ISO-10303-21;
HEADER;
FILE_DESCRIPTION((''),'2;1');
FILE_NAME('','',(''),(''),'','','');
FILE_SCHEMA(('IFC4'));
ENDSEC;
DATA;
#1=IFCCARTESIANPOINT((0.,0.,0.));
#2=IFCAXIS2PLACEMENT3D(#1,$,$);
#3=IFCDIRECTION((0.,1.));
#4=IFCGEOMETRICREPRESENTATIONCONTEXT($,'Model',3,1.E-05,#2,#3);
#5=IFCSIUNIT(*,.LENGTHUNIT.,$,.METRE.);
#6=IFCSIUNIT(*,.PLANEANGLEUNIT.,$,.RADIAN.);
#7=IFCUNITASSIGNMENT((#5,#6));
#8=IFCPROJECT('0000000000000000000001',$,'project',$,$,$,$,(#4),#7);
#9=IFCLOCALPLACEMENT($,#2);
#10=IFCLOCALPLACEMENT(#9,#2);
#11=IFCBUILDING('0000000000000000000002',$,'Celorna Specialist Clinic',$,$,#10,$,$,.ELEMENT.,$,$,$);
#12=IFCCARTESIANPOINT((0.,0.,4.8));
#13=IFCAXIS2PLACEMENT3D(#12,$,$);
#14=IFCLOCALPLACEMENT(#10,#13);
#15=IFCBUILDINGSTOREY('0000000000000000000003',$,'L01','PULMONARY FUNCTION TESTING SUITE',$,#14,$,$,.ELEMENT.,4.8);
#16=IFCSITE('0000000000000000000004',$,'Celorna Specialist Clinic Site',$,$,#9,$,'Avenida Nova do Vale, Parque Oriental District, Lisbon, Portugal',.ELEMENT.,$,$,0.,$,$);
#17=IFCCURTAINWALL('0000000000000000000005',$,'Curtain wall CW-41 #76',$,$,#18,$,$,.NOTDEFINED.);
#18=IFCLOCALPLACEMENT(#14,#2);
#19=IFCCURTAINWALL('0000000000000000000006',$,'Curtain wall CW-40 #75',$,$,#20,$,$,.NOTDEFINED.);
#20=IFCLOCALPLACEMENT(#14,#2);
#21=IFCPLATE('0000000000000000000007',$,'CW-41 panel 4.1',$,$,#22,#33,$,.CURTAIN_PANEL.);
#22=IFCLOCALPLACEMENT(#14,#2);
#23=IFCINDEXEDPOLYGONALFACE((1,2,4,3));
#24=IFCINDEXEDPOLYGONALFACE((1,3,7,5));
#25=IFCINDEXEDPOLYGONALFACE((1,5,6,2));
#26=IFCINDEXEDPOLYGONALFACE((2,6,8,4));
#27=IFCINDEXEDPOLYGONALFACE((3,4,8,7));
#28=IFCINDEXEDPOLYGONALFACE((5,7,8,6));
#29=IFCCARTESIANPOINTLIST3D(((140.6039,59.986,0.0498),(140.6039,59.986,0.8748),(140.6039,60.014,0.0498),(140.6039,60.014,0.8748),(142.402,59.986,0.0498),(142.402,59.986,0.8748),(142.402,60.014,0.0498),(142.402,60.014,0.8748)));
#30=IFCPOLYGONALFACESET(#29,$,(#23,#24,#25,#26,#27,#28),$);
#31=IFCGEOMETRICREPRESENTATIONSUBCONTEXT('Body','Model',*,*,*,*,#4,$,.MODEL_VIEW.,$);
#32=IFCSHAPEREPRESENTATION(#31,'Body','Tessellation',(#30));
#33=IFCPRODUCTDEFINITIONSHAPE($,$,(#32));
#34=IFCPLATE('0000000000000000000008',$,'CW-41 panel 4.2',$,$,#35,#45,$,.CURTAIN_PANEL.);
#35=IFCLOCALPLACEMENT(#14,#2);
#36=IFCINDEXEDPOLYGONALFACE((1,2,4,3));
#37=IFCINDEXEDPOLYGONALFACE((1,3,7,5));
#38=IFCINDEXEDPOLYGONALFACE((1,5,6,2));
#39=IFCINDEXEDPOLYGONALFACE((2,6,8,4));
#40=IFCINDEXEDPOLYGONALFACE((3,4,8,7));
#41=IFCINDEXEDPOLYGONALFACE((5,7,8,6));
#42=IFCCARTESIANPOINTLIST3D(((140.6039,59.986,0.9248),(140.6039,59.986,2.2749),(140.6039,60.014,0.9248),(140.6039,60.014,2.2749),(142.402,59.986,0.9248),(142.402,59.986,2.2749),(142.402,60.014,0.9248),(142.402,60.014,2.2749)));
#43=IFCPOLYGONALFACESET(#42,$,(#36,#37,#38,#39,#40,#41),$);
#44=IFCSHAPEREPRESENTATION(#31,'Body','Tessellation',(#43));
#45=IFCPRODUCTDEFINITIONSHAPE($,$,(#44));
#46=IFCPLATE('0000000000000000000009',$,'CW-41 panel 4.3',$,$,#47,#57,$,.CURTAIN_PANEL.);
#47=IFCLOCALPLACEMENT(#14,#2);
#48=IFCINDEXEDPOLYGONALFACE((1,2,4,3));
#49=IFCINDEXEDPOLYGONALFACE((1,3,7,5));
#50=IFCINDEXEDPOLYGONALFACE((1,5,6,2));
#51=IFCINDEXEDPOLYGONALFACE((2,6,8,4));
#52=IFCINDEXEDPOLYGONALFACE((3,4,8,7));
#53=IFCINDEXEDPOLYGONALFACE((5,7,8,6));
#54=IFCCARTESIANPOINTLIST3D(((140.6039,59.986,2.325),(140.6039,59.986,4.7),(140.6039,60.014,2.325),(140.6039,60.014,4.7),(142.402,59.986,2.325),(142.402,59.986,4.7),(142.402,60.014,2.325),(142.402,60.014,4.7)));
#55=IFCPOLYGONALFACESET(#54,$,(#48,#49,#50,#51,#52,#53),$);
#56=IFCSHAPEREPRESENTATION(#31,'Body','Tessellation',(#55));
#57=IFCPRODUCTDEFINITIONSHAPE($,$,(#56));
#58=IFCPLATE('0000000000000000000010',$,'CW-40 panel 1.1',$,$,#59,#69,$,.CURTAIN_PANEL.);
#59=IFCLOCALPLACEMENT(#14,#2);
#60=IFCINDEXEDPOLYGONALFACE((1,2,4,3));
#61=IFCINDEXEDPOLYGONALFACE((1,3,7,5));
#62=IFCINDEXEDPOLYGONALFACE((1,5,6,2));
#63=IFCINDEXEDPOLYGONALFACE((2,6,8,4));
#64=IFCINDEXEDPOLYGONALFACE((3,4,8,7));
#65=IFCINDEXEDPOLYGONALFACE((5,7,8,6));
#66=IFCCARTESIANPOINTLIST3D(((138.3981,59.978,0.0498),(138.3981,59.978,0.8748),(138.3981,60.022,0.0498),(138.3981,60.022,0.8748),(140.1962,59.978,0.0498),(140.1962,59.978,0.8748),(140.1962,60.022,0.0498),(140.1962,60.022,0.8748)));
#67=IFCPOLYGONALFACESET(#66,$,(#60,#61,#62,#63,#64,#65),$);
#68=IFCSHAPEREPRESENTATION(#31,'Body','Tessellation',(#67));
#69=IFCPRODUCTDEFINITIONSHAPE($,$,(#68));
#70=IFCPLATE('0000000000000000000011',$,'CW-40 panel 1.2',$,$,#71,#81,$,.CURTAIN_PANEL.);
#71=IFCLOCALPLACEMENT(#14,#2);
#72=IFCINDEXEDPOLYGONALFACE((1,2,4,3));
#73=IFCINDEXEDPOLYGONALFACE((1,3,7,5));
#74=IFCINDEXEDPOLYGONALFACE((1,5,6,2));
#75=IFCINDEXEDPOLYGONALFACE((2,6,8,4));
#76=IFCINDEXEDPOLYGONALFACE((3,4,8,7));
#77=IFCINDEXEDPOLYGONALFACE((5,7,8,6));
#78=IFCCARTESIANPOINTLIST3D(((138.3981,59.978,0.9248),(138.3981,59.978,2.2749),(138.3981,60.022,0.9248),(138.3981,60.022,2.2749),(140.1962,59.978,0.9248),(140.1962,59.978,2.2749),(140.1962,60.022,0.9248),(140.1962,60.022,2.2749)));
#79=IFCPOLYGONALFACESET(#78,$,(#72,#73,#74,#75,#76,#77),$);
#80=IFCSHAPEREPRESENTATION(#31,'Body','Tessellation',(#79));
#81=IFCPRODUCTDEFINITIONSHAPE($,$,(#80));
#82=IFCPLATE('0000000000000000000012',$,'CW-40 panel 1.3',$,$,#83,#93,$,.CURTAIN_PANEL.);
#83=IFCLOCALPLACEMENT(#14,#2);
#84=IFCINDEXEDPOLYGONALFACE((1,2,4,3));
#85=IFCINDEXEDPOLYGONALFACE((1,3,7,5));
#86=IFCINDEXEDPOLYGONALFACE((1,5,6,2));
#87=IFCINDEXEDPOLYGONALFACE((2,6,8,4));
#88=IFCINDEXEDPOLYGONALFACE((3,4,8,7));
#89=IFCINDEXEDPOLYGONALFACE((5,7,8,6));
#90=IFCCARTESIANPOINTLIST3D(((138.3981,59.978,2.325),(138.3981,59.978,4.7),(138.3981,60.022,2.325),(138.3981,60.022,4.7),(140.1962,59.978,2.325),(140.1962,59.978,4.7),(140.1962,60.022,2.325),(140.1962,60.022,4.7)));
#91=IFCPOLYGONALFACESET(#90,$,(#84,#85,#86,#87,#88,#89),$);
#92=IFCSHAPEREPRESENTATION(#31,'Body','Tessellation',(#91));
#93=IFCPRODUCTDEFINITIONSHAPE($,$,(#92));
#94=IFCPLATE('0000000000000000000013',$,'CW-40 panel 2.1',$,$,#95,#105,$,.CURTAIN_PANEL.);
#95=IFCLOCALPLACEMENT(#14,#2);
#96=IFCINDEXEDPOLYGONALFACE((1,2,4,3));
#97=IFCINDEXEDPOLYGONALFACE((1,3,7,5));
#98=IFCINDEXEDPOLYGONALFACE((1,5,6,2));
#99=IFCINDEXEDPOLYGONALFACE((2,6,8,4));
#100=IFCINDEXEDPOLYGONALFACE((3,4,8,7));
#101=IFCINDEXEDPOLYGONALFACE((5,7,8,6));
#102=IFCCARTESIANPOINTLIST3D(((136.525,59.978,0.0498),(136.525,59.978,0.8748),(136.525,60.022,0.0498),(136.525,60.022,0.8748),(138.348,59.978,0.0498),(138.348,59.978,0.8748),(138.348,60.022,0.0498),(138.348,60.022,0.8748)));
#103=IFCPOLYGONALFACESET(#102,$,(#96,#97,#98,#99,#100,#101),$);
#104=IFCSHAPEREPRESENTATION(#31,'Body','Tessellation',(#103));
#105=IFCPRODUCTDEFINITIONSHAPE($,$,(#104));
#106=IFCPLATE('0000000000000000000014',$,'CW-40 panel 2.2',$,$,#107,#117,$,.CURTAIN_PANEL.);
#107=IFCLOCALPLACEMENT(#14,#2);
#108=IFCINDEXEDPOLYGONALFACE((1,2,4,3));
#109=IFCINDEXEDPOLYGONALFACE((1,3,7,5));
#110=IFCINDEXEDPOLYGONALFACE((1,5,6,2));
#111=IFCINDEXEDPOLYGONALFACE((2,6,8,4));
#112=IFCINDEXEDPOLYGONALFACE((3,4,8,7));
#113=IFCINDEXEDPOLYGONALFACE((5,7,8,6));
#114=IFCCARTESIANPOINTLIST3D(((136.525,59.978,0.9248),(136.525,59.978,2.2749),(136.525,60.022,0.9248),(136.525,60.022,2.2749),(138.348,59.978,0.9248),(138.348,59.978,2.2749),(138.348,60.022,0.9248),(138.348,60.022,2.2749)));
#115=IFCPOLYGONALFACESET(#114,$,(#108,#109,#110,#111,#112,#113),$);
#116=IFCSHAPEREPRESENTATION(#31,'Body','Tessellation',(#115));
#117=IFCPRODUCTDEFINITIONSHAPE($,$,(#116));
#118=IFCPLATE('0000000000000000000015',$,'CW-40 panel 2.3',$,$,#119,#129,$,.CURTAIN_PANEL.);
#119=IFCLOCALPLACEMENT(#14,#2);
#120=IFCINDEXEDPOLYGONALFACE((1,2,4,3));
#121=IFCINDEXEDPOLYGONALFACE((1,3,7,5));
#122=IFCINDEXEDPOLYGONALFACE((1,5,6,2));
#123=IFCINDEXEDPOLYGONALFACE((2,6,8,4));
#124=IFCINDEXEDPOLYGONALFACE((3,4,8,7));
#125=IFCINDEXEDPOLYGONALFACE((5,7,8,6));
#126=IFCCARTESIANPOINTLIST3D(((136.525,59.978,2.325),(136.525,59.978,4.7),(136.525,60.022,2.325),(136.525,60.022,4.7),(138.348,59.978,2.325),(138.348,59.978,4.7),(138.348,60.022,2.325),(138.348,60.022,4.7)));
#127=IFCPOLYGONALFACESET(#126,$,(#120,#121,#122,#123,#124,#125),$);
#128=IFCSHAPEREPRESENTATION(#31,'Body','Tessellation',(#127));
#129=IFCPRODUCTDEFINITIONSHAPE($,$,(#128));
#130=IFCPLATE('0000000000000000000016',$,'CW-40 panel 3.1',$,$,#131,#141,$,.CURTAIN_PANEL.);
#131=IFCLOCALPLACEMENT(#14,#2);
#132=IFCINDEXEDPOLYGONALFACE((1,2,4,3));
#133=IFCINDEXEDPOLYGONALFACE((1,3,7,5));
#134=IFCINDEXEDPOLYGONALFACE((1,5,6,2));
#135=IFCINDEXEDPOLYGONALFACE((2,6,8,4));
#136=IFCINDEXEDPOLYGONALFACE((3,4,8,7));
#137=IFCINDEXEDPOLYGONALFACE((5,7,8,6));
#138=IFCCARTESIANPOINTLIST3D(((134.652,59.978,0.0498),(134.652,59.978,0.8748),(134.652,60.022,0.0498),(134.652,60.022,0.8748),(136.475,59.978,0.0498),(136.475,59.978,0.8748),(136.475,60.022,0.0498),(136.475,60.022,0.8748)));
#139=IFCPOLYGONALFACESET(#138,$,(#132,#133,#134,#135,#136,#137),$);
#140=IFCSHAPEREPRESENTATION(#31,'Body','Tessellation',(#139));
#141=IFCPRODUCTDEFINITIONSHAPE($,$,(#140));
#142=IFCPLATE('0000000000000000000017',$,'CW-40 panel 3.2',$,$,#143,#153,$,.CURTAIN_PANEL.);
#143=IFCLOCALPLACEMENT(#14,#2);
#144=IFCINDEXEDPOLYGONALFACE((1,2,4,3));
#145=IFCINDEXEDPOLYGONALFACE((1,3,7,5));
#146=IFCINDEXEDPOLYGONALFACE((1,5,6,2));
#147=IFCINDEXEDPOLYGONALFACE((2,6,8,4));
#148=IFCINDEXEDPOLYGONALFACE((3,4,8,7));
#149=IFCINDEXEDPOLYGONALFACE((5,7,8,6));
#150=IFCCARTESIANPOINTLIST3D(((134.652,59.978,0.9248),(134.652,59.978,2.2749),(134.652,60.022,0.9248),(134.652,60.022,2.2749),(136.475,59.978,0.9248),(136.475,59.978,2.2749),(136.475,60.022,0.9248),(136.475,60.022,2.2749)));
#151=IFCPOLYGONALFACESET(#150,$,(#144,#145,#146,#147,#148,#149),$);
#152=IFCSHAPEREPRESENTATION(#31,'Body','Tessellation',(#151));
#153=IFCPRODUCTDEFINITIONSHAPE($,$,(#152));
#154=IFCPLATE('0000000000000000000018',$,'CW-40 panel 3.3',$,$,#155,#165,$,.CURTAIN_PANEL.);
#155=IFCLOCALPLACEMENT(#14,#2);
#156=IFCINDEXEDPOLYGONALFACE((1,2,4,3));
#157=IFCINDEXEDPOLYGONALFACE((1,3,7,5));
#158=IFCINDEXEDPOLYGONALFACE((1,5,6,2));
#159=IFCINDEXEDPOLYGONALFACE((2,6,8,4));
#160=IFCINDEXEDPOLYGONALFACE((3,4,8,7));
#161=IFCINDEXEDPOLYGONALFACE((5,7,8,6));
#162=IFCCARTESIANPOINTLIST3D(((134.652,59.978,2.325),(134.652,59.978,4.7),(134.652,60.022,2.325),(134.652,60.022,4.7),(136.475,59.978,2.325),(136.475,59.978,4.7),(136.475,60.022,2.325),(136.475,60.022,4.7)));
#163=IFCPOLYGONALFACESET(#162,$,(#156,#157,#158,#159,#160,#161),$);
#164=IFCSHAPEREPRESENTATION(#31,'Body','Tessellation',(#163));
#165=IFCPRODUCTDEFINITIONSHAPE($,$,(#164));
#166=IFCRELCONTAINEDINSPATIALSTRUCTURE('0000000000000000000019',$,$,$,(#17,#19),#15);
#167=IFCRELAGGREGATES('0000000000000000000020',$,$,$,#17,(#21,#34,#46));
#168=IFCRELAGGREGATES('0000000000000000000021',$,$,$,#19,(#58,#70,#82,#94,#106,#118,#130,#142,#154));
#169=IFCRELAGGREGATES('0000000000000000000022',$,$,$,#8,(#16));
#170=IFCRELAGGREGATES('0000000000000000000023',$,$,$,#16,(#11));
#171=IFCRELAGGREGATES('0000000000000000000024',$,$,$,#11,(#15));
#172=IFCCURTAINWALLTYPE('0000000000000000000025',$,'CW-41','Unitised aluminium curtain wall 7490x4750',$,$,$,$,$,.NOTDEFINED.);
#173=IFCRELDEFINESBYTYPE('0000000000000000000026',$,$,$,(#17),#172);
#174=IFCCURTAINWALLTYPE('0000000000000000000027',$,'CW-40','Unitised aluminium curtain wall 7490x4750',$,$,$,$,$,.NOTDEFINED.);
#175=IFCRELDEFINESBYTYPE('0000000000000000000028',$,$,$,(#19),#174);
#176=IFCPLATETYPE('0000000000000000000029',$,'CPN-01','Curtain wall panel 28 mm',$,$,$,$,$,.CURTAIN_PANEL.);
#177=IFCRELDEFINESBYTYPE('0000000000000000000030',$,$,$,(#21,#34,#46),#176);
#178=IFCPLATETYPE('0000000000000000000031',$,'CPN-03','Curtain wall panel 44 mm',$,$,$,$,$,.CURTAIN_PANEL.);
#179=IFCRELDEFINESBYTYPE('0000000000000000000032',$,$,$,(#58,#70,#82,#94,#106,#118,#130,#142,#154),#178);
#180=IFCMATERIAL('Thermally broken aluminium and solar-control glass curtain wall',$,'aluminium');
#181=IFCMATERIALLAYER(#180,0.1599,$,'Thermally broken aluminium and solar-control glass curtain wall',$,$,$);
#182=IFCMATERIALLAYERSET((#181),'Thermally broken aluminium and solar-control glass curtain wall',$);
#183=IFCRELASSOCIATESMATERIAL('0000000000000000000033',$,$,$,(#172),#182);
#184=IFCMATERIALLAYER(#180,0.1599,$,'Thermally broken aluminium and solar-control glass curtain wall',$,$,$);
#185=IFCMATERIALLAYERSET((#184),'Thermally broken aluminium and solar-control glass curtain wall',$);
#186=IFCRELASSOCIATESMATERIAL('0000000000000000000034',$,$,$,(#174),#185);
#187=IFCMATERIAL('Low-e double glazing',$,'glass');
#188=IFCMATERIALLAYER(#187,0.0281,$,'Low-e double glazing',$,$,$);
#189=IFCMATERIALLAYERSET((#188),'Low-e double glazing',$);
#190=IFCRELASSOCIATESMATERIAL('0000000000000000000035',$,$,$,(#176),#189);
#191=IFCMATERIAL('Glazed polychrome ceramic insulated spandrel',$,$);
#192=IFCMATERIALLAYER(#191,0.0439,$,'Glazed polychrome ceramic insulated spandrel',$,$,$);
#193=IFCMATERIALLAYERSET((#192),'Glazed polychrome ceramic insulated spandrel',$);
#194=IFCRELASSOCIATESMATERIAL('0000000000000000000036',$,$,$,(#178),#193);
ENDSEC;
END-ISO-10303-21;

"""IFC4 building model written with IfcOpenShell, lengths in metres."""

from ifc_helpers import new_model, si_unit, direction, frame, origin, origin_2d, place, context, subcontext, project, spatial, rectangle, extrude, material, layer, layer_set, type_object, element, aggregate, save


model = new_model("IFC4")

# Units and contexts
model_context = context("Model", 3, precision=1e-05, world=origin(), true_north=direction((0.0, 1.0)))
body_context = subcontext(model_context, "Body", "Model", "MODEL_VIEW")
ifc_project = project(units=[si_unit("LENGTHUNIT", "METRE"), si_unit("PLANEANGLEUNIT", "RADIAN")], contexts=[model_context])

# Site, building, storey
site_placement = place(None, origin())
site = spatial("IfcSite", under=ifc_project, at=site_placement, Name="Celorna Specialist Clinic Site", LongName="Avenida Nova do Vale, Parque Oriental District, Lisbon, Portugal", CompositionType="ELEMENT", RefElevation=0.0)
building_placement = place(site_placement, origin())
building = spatial("IfcBuilding", under=site, at=building_placement, Name="Celorna Specialist Clinic", CompositionType="ELEMENT")
storey_placement = place(building_placement, frame((0.0, 0.0, 4.8)))
storey = spatial("IfcBuildingStorey", under=building, at=storey_placement, Name="L01", Description="PULMONARY FUNCTION TESTING SUITE", CompositionType="ELEMENT", Elevation=4.8)

# Curtain walls
ifc_material_1 = material(Name="Thermally broken aluminium and solar-control glass curtain wall", Category="aluminium")
ifc_layer_1 = layer(ifc_material_1, 0.1599, Name="Thermally broken aluminium and solar-control glass curtain wall")
ifc_layer_set_1 = layer_set([ifc_layer_1], Name="Thermally broken aluminium and solar-control glass curtain wall")
curtain_wall_type_1 = type_object("IfcCurtainWallType", Name="CW-41", Description="Unitised aluminium curtain wall 7490x4750", PredefinedType="NOTDEFINED", material=ifc_layer_set_1)
curtain_wall_1_placement = place(storey_placement, origin())
curtain_wall_1 = element("IfcCurtainWall", 1, at=curtain_wall_1_placement, inside=storey, type_object=curtain_wall_type_1, Name="Curtain wall CW-41 #76", PredefinedType="NOTDEFINED")
ifc_layer_2 = layer(ifc_material_1, 0.1599, Name="Thermally broken aluminium and solar-control glass curtain wall")
ifc_layer_set_2 = layer_set([ifc_layer_2], Name="Thermally broken aluminium and solar-control glass curtain wall")
curtain_wall_type_2 = type_object("IfcCurtainWallType", Name="CW-40", Description="Unitised aluminium curtain wall 7490x4750", PredefinedType="NOTDEFINED", material=ifc_layer_set_2)
curtain_wall_2_placement = place(storey_placement, origin())
curtain_wall_2 = element("IfcCurtainWall", 2, at=curtain_wall_2_placement, inside=storey, type_object=curtain_wall_type_2, Name="Curtain wall CW-40 #75", PredefinedType="NOTDEFINED")

# Plates
ifc_material_2 = material(Name="Low-e double glazing", Category="glass")
ifc_layer_3 = layer(ifc_material_2, 0.0281, Name="Low-e double glazing")
ifc_layer_set_3 = layer_set([ifc_layer_3], Name="Low-e double glazing")
plate_type_1 = type_object("IfcPlateType", Name="CPN-01", Description="Curtain wall panel 28 mm", PredefinedType="CURTAIN_PANEL", material=ifc_layer_set_3)
plate_1_placement = place(storey_placement, frame((141.5029, 60.0, 0.0498), z_axis=(0.0, 0.0, 1.0), x_axis=(-1.0, 0.0, 0.0)))
plate_1 = element("IfcPlate", 3, at=plate_1_placement, type_object=plate_type_1, Name="CW-41 panel 4.1", PredefinedType="CURTAIN_PANEL", context=body_context, shape_type="SweptSolid", body=[
    extrude(rectangle(XDim=1.7981, YDim=0.0281, at=origin_2d()), origin(), (0.0, 0.0, 1.0), 0.825),
])
plate_2_placement = place(storey_placement, frame((141.5029, 60.0, 0.9248), z_axis=(0.0, 0.0, 1.0), x_axis=(-1.0, 0.0, 0.0)))
plate_2 = element("IfcPlate", 4, at=plate_2_placement, type_object=plate_type_1, Name="CW-41 panel 4.2", PredefinedType="CURTAIN_PANEL", context=body_context, shape_type="SweptSolid", body=[
    extrude(rectangle(XDim=1.7981, YDim=0.0281, at=origin_2d()), origin(), (0.0, 0.0, 1.0), 1.3501),
])
plate_3_placement = place(storey_placement, frame((141.5029, 60.0, 2.325), z_axis=(0.0, 0.0, 1.0), x_axis=(-1.0, 0.0, 0.0)))
plate_3 = element("IfcPlate", 5, at=plate_3_placement, type_object=plate_type_1, Name="CW-41 panel 4.3", PredefinedType="CURTAIN_PANEL", context=body_context, shape_type="SweptSolid", body=[
    extrude(rectangle(XDim=1.7981, YDim=0.0281, at=origin_2d()), origin(), (0.0, 0.0, 1.0), 2.375),
])
aggregate(curtain_wall_1, [plate_1, plate_2, plate_3])
ifc_material_3 = material(Name="Glazed polychrome ceramic insulated spandrel")
ifc_layer_4 = layer(ifc_material_3, 0.0439, Name="Glazed polychrome ceramic insulated spandrel")
ifc_layer_set_4 = layer_set([ifc_layer_4], Name="Glazed polychrome ceramic insulated spandrel")
plate_type_2 = type_object("IfcPlateType", Name="CPN-03", Description="Curtain wall panel 44 mm", PredefinedType="CURTAIN_PANEL", material=ifc_layer_set_4)
plate_4_placement = place(storey_placement, frame((139.2971, 60.0, 0.0498), z_axis=(0.0, 0.0, 1.0), x_axis=(-1.0, 0.0, 0.0)))
plate_4 = element("IfcPlate", 6, at=plate_4_placement, type_object=plate_type_2, Name="CW-40 panel 1.1", PredefinedType="CURTAIN_PANEL", context=body_context, shape_type="SweptSolid", body=[
    extrude(rectangle(XDim=1.7981, YDim=0.0439, at=origin_2d()), origin(), (0.0, 0.0, 1.0), 0.825),
])
plate_5_placement = place(storey_placement, frame((139.2971, 60.0, 0.9248), z_axis=(0.0, 0.0, 1.0), x_axis=(-1.0, 0.0, 0.0)))
plate_5 = element("IfcPlate", 7, at=plate_5_placement, type_object=plate_type_2, Name="CW-40 panel 1.2", PredefinedType="CURTAIN_PANEL", context=body_context, shape_type="SweptSolid", body=[
    extrude(rectangle(XDim=1.7981, YDim=0.0439, at=origin_2d()), origin(), (0.0, 0.0, 1.0), 1.3501),
])
plate_6_placement = place(storey_placement, frame((139.2971, 60.0, 2.325), z_axis=(0.0, 0.0, 1.0), x_axis=(-1.0, 0.0, 0.0)))
plate_6 = element("IfcPlate", 8, at=plate_6_placement, type_object=plate_type_2, Name="CW-40 panel 1.3", PredefinedType="CURTAIN_PANEL", context=body_context, shape_type="SweptSolid", body=[
    extrude(rectangle(XDim=1.7981, YDim=0.0439, at=origin_2d()), origin(), (0.0, 0.0, 1.0), 2.375),
])
plate_7_placement = place(storey_placement, frame((137.4365, 60.0, 0.0498), z_axis=(0.0, 0.0, 1.0), x_axis=(-1.0, 0.0, 0.0)))
plate_7 = element("IfcPlate", 9, at=plate_7_placement, type_object=plate_type_2, Name="CW-40 panel 2.1", PredefinedType="CURTAIN_PANEL", context=body_context, shape_type="SweptSolid", body=[
    extrude(rectangle(XDim=1.823, YDim=0.0439, at=origin_2d()), origin(), (0.0, 0.0, 1.0), 0.825),
])
plate_8_placement = place(storey_placement, frame((137.4365, 60.0, 0.9248), z_axis=(0.0, 0.0, 1.0), x_axis=(-1.0, 0.0, 0.0)))
plate_8 = element("IfcPlate", 10, at=plate_8_placement, type_object=plate_type_2, Name="CW-40 panel 2.2", PredefinedType="CURTAIN_PANEL", context=body_context, shape_type="SweptSolid", body=[
    extrude(rectangle(XDim=1.823, YDim=0.0439, at=origin_2d()), origin(), (0.0, 0.0, 1.0), 1.3501),
])
plate_9_placement = place(storey_placement, frame((137.4365, 60.0, 2.325), z_axis=(0.0, 0.0, 1.0), x_axis=(-1.0, 0.0, 0.0)))
plate_9 = element("IfcPlate", 11, at=plate_9_placement, type_object=plate_type_2, Name="CW-40 panel 2.3", PredefinedType="CURTAIN_PANEL", context=body_context, shape_type="SweptSolid", body=[
    extrude(rectangle(XDim=1.823, YDim=0.0439, at=origin_2d()), origin(), (0.0, 0.0, 1.0), 2.375),
])
plate_10_placement = place(storey_placement, frame((135.5635, 60.0, 0.0498), z_axis=(0.0, 0.0, 1.0), x_axis=(-1.0, 0.0, 0.0)))
plate_10 = element("IfcPlate", 12, at=plate_10_placement, type_object=plate_type_2, Name="CW-40 panel 3.1", PredefinedType="CURTAIN_PANEL", context=body_context, shape_type="SweptSolid", body=[
    extrude(rectangle(XDim=1.823, YDim=0.0439, at=origin_2d()), origin(), (0.0, 0.0, 1.0), 0.825),
])
plate_11_placement = place(storey_placement, frame((135.5635, 60.0, 0.9248), z_axis=(0.0, 0.0, 1.0), x_axis=(-1.0, 0.0, 0.0)))
plate_11 = element("IfcPlate", 13, at=plate_11_placement, type_object=plate_type_2, Name="CW-40 panel 3.2", PredefinedType="CURTAIN_PANEL", context=body_context, shape_type="SweptSolid", body=[
    extrude(rectangle(XDim=1.823, YDim=0.0439, at=origin_2d()), origin(), (0.0, 0.0, 1.0), 1.3501),
])
plate_12_placement = place(storey_placement, frame((135.5635, 60.0, 2.325), z_axis=(0.0, 0.0, 1.0), x_axis=(-1.0, 0.0, 0.0)))
plate_12 = element("IfcPlate", 14, at=plate_12_placement, type_object=plate_type_2, Name="CW-40 panel 3.3", PredefinedType="CURTAIN_PANEL", context=body_context, shape_type="SweptSolid", body=[
    extrude(rectangle(XDim=1.823, YDim=0.0439, at=origin_2d()), origin(), (0.0, 0.0, 1.0), 2.375),
])
aggregate(curtain_wall_2, [plate_4, plate_5, plate_6, plate_7, plate_8, plate_9, plate_10, plate_11, plate_12])

save(model, "model.ifc")
